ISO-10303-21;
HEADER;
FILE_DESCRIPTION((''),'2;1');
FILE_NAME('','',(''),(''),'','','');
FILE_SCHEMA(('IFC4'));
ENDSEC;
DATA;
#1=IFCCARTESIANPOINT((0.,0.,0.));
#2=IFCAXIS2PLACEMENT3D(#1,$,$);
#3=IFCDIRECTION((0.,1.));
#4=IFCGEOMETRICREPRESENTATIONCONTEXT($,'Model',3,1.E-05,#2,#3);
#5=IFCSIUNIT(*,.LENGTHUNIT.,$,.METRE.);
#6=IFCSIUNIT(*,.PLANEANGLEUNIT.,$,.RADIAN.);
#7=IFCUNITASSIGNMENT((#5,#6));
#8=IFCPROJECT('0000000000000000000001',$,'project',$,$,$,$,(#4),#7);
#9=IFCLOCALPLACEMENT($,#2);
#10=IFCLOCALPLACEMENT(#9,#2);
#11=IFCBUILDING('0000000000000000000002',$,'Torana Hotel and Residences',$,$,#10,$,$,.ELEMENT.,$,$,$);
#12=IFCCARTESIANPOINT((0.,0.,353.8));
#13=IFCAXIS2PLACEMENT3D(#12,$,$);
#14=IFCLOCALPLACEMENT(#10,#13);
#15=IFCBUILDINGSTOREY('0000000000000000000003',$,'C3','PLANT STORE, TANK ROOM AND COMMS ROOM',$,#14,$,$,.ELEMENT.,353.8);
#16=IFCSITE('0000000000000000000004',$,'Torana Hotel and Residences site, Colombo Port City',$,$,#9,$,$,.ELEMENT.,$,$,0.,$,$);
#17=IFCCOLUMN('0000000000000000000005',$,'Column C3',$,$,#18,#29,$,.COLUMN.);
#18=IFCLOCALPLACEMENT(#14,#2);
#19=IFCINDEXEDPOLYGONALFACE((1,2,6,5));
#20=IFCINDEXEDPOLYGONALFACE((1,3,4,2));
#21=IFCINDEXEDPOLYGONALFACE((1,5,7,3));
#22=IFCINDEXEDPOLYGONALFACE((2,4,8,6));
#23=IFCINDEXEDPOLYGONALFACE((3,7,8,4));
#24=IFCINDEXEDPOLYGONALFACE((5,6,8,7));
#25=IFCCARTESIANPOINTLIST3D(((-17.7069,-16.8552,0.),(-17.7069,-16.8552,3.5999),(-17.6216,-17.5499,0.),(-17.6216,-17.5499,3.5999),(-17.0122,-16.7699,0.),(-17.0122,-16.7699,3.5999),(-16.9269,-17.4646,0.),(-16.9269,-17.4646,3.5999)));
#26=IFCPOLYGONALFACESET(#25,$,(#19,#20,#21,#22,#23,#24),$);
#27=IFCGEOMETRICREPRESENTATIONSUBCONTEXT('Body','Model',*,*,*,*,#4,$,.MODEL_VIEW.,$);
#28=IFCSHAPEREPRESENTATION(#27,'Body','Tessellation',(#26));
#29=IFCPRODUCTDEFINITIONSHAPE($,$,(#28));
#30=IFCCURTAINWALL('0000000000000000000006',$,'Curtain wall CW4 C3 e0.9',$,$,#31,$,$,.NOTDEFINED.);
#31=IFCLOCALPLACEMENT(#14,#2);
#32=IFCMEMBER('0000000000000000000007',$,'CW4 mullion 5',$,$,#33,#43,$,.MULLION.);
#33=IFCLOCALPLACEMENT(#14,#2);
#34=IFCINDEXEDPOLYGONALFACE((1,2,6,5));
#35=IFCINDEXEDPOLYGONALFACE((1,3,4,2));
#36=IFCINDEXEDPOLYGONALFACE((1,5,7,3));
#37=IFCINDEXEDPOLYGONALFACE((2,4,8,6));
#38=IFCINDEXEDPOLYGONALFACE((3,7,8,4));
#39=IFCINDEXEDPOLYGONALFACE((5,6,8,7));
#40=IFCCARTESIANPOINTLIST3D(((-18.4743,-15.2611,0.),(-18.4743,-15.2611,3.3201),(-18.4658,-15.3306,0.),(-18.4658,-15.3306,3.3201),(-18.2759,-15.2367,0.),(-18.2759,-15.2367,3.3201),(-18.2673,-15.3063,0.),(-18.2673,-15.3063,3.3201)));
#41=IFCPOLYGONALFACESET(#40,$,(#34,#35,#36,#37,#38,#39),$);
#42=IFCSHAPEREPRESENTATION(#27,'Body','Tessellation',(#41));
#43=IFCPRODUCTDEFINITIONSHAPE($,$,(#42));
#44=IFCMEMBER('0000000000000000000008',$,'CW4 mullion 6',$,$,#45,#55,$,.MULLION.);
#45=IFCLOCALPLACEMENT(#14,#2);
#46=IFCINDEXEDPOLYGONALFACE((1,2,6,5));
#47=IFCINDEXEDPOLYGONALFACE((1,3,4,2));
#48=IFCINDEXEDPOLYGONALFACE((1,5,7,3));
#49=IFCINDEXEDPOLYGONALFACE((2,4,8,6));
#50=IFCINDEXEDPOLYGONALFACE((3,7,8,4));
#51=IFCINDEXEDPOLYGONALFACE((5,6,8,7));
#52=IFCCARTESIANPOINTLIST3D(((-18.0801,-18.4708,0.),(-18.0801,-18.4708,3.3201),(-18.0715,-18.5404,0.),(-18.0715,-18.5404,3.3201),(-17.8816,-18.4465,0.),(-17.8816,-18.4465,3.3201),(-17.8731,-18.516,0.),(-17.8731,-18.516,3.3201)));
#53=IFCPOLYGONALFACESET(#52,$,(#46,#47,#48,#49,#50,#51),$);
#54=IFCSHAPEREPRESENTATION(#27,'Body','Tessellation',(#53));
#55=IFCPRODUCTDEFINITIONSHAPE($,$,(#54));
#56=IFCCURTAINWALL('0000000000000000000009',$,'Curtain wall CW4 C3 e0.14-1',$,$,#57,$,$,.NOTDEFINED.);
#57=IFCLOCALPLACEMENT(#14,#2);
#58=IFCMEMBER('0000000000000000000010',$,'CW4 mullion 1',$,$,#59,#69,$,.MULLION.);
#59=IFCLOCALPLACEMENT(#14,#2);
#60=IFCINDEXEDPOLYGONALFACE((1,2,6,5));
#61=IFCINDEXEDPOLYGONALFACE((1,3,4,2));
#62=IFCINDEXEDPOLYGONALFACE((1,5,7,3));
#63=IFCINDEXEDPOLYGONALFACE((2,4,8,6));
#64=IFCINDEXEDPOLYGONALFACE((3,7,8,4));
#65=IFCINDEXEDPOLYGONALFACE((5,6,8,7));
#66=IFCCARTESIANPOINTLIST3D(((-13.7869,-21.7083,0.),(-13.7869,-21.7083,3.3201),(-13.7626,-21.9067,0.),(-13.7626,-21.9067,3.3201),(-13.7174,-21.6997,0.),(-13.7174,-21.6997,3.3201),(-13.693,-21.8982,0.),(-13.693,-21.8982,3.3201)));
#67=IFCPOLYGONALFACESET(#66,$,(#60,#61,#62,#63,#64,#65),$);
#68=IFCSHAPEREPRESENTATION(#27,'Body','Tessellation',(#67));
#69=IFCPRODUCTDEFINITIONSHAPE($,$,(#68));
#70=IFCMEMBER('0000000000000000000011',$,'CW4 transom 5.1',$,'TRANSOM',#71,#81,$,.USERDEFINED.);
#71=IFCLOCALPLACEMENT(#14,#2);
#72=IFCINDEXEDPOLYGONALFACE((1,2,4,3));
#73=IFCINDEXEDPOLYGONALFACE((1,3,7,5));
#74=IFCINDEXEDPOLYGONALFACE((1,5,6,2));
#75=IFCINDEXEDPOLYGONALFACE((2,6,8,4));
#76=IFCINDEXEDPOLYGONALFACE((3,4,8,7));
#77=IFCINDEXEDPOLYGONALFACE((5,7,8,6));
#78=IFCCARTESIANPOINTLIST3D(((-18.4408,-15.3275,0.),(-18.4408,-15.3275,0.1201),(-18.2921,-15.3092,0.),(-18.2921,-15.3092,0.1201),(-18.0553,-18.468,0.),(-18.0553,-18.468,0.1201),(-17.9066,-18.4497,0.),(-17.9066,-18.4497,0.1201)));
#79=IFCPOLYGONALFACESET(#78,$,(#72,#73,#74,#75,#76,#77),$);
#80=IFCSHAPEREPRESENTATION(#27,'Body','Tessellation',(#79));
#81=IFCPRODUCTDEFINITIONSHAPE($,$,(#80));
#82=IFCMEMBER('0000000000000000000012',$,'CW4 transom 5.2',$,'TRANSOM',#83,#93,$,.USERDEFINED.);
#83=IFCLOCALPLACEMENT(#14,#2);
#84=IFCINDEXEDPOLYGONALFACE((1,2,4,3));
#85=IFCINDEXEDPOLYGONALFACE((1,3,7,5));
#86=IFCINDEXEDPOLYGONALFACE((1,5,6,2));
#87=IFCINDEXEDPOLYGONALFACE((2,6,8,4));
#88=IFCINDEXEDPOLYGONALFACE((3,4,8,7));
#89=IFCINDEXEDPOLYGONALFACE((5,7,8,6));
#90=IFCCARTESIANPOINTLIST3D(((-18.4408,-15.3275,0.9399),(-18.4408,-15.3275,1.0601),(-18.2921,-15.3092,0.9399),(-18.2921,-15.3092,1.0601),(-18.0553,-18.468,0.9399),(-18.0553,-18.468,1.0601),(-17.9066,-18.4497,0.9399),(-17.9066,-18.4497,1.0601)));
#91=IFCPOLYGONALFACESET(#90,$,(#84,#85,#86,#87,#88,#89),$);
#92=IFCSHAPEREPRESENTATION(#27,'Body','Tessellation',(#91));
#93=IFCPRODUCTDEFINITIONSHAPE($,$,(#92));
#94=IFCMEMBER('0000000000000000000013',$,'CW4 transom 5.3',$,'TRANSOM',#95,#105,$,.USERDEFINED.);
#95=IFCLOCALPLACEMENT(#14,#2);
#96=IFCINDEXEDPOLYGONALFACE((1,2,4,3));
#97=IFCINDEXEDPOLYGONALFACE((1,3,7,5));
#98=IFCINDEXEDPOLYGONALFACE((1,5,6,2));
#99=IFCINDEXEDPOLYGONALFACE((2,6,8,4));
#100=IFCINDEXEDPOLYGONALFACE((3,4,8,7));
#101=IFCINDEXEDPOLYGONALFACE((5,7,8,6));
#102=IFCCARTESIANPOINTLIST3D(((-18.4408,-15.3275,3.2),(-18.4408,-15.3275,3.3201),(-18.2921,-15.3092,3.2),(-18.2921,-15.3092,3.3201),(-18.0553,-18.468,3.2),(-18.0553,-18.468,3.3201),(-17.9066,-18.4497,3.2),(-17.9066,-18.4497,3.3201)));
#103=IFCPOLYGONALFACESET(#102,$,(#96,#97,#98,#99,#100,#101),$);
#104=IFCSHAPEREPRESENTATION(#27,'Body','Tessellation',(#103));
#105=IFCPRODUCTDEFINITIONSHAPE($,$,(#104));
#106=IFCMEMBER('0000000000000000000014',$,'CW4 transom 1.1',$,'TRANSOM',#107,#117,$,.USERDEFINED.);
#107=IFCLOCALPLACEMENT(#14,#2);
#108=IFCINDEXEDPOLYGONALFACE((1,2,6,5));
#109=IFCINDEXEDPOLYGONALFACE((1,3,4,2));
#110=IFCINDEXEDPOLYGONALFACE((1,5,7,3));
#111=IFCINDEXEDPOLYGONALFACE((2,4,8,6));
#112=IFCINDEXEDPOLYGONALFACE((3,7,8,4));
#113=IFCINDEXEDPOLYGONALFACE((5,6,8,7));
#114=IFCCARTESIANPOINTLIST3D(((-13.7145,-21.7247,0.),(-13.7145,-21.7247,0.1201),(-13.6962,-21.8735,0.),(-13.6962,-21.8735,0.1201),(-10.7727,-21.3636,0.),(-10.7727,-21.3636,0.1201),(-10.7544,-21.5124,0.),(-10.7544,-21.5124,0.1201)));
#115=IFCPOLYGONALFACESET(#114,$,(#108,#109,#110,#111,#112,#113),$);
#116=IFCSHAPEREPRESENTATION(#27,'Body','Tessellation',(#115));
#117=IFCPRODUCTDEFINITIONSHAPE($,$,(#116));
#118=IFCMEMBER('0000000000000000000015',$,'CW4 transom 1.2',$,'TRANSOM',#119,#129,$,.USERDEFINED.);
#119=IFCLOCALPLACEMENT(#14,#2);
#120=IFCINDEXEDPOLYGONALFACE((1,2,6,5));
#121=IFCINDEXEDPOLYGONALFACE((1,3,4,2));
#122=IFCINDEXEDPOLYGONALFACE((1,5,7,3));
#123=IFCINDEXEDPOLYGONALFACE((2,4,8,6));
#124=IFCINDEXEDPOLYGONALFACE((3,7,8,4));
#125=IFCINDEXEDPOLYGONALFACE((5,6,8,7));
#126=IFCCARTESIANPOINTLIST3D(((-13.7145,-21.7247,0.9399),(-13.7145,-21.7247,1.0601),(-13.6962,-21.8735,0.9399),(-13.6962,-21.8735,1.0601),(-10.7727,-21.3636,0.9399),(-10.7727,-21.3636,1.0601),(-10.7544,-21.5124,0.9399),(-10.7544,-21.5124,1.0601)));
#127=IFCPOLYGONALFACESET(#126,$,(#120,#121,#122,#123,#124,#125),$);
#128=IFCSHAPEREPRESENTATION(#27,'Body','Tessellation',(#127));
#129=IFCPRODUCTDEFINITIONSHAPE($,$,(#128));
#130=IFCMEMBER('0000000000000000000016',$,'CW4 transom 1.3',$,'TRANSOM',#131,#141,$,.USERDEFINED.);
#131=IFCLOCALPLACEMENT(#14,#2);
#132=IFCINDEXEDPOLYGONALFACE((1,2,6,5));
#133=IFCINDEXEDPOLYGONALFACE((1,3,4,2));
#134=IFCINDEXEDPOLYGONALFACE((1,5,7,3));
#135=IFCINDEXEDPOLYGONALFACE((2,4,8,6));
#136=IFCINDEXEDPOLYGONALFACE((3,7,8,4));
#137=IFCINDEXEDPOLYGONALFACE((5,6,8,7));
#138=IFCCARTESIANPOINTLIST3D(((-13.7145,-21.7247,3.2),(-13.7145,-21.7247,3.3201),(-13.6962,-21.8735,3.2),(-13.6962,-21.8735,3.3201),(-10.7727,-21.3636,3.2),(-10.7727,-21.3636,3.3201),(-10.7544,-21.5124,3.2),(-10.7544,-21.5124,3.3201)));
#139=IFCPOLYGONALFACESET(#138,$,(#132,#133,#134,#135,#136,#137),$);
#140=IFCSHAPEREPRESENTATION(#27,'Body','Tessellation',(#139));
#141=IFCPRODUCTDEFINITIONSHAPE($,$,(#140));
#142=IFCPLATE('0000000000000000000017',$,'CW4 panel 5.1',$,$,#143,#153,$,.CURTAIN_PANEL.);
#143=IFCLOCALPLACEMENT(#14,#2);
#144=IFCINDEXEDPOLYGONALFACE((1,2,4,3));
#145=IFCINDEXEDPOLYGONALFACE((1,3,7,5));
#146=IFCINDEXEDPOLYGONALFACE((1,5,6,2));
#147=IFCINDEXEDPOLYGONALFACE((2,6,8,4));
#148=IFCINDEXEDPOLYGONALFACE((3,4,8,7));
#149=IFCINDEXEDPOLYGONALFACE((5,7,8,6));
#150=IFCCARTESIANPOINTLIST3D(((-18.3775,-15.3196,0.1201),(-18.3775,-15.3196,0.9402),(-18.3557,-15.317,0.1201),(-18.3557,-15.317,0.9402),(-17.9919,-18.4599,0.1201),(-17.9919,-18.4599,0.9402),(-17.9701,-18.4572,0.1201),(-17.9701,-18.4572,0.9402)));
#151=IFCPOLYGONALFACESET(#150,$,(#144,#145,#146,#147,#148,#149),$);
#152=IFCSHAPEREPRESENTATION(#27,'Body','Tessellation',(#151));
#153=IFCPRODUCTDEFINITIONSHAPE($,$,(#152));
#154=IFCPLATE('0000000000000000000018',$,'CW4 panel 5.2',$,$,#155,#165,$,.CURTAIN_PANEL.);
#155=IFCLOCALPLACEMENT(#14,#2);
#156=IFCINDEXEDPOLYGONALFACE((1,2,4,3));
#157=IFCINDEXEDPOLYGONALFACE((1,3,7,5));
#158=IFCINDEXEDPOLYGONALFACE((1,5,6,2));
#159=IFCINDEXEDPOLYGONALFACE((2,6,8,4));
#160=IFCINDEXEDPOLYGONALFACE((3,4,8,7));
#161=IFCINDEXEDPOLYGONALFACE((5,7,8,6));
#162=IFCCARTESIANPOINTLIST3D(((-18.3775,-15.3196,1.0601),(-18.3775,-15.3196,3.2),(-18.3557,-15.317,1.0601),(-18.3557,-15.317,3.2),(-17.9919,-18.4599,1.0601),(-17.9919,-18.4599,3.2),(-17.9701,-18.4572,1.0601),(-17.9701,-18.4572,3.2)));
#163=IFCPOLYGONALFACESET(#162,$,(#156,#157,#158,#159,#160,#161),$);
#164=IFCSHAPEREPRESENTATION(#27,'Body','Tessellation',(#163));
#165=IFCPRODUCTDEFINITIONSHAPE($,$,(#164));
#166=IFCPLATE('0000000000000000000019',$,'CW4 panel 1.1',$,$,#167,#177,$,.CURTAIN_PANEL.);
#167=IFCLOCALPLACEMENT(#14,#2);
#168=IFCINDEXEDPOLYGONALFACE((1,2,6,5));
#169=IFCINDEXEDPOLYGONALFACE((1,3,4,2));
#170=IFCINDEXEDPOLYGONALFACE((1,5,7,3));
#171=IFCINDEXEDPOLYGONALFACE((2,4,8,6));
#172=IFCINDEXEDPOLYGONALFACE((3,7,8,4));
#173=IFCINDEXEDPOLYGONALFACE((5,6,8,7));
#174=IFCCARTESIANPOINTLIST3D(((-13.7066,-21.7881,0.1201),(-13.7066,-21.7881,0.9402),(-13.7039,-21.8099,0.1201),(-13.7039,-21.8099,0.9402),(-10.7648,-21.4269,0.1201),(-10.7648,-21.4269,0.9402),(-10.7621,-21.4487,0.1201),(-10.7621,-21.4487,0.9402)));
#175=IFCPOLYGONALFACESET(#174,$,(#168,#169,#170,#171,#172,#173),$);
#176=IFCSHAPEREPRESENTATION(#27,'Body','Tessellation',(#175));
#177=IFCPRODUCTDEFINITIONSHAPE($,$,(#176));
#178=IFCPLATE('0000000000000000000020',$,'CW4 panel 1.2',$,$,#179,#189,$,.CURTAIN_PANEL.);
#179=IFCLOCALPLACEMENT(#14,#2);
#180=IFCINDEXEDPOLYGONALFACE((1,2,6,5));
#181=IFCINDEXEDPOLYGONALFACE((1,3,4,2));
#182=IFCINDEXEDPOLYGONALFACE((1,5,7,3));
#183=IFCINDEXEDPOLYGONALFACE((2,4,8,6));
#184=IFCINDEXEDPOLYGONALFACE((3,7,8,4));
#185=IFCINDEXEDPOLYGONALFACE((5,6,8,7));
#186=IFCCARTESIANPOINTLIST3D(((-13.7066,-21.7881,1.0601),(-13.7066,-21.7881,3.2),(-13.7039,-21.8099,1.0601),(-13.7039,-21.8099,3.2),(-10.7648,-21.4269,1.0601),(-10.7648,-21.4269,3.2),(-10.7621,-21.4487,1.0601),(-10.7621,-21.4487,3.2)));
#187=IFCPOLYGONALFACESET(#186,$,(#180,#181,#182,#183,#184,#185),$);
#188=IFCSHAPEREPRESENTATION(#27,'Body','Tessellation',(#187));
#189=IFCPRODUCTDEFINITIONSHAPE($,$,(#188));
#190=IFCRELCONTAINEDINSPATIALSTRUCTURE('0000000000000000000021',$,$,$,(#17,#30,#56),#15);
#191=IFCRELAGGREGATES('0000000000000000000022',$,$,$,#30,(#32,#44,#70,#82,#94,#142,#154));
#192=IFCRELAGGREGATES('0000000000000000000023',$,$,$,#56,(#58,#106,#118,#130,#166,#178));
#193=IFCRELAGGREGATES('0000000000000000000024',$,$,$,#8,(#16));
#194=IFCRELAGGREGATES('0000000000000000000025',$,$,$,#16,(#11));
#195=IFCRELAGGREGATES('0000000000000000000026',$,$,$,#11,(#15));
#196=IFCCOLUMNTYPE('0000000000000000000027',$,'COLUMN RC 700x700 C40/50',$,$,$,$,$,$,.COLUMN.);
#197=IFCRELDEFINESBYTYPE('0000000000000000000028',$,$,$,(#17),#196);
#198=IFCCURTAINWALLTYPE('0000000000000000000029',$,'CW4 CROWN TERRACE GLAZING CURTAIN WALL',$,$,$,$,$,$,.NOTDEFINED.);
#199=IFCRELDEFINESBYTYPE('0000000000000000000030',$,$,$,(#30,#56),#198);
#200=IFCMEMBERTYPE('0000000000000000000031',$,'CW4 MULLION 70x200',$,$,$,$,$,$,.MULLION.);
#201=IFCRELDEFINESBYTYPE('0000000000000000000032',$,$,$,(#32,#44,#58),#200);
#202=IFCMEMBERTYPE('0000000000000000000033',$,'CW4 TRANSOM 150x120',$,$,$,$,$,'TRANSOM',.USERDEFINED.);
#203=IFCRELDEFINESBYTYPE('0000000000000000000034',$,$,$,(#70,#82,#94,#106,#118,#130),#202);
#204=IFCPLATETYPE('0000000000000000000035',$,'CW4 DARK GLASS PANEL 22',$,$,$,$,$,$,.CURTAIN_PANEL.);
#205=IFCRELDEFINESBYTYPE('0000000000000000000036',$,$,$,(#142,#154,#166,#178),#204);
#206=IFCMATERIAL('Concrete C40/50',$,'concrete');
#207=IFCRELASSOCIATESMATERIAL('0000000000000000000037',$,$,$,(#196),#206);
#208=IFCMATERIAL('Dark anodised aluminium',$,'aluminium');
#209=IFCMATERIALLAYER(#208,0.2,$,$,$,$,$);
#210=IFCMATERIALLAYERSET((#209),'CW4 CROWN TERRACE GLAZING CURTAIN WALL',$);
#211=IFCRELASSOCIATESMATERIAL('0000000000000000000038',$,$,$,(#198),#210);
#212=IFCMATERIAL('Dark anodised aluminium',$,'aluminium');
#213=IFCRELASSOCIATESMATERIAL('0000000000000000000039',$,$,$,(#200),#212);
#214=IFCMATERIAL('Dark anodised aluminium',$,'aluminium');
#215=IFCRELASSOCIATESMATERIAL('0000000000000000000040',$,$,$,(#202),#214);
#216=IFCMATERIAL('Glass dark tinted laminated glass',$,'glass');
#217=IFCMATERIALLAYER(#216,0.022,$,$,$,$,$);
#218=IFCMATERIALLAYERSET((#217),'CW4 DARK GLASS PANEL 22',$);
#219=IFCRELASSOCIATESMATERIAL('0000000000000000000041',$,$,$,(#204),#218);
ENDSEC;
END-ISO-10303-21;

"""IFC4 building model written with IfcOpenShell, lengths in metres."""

from ifc_helpers import new_model, si_unit, direction, frame, origin, origin_2d, place, context, subcontext, project, spatial, rectangle, extrude, material, layer, layer_set, material_profile, profile_set, type_object, element, aggregate, save


model = new_model("IFC4")

# Units and contexts
model_context = context("Model", 3, precision=1e-05, world=origin(), true_north=direction((0.0, 1.0)))
body_context = subcontext(model_context, "Body", "Model", "MODEL_VIEW")
ifc_project = project(units=[si_unit("LENGTHUNIT", "METRE"), si_unit("PLANEANGLEUNIT", "RADIAN")], contexts=[model_context])

# Site, building, storey
site_placement = place(None, origin())
site = spatial("IfcSite", under=ifc_project, at=site_placement, Name="Torana Hotel and Residences site, Colombo Port City", CompositionType="ELEMENT", RefElevation=0.0)
building_placement = place(site_placement, origin())
building = spatial("IfcBuilding", under=site, at=building_placement, Name="Torana Hotel and Residences", CompositionType="ELEMENT")
storey_placement = place(building_placement, frame((0.0, 0.0, 353.8)))
storey = spatial("IfcBuildingStorey", under=building, at=storey_placement, Name="C3", Description="PLANT STORE, TANK ROOM AND COMMS ROOM", CompositionType="ELEMENT", Elevation=353.8)

# Column
ifc_material_1 = material(Name="Concrete C40/50", Category="concrete")
ifc_material_profile_1 = material_profile(ifc_material_1, rectangle(XDim=0.7, YDim=0.7, at=origin_2d()), Name="RC 700x700")
ifc_profile_set_1 = profile_set([ifc_material_profile_1], Name="Concrete C40/50")
column_type = type_object("IfcColumnType", Name="COLUMN RC 700x700 C40/50", PredefinedType="COLUMN", material=ifc_profile_set_1)
column_placement = place(storey_placement, frame((-17.3169, -17.1599, 0.0), z_axis=(0.0, 0.0, 1.0), x_axis=(-0.121869, 0.992546, 0.0)))
element("IfcColumn", 1, at=column_placement, inside=storey, type_object=column_type, Name="Column C3", PredefinedType="COLUMN", context=body_context, shape_type="SweptSolid", body=[
    extrude(rectangle(XDim=0.7, YDim=0.7, at=origin_2d()), origin(), (0.0, 0.0, 1.0), 3.5999),
])

# Curtain wall, members
ifc_material_2 = material(Name="Dark anodised aluminium", Category="aluminium")
ifc_layer_1 = layer(ifc_material_2, 0.2)
ifc_layer_set_1 = layer_set([ifc_layer_1], Name="CW4 CROWN TERRACE GLAZING CURTAIN WALL")
curtain_wall_type = type_object("IfcCurtainWallType", Name="CW4 CROWN TERRACE GLAZING CURTAIN WALL", PredefinedType="NOTDEFINED", material=ifc_layer_set_1)
curtain_wall_1_placement = place(storey_placement, origin())
curtain_wall_1 = element("IfcCurtainWall", 2, at=curtain_wall_1_placement, inside=storey, type_object=curtain_wall_type, Name="Curtain wall CW4 C3 e0.9", PredefinedType="NOTDEFINED")
ifc_material_3 = material(Name="Dark anodised aluminium", Category="aluminium")
ifc_material_profile_2 = material_profile(ifc_material_3, rectangle(XDim=0.2, YDim=0.0701, at=origin_2d()), Name="CW4 MULLION 70x200")
ifc_profile_set_2 = profile_set([ifc_material_profile_2], Name="Dark anodised aluminium")
member_type_1 = type_object("IfcMemberType", Name="CW4 MULLION 70x200", PredefinedType="MULLION", material=ifc_profile_set_2)
member_1_placement = place(storey_placement, frame((-18.3708, -15.2837, 0.0), z_axis=(0.0, 0.0, 1.0), x_axis=(0.992546, 0.121867, 0.0)))
member_1 = element("IfcMember", 3, at=member_1_placement, type_object=member_type_1, Name="CW4 mullion 5", PredefinedType="MULLION", context=body_context, shape_type="SweptSolid", body=[
    extrude(rectangle(XDim=0.2, YDim=0.0701, at=origin_2d()), origin(), (0.0, 0.0, 1.0), 3.3201),
])
member_2_placement = place(storey_placement, frame((-17.9766, -18.4934, 0.0), z_axis=(0.0, 0.0, 1.0), x_axis=(0.992546, 0.121867, 0.0)))
member_2 = element("IfcMember", 4, at=member_2_placement, type_object=member_type_1, Name="CW4 mullion 6", PredefinedType="MULLION", context=body_context, shape_type="SweptSolid", body=[
    extrude(rectangle(XDim=0.2, YDim=0.0701, at=origin_2d()), origin(), (0.0, 0.0, 1.0), 3.3201),
])

# Curtain wall, member
curtain_wall_2_placement = place(storey_placement, origin())
curtain_wall_2 = element("IfcCurtainWall", 5, at=curtain_wall_2_placement, inside=storey, type_object=curtain_wall_type, Name="Curtain wall CW4 C3 e0.14-1", PredefinedType="NOTDEFINED")
member_3_placement = place(storey_placement, frame((-13.74, -21.8032, 0.0), z_axis=(0.0, 0.0, 1.0), x_axis=(-0.121861, 0.992547, 0.0)))
member_3 = element("IfcMember", 6, at=member_3_placement, type_object=member_type_1, Name="CW4 mullion 1", PredefinedType="MULLION", context=body_context, shape_type="SweptSolid", body=[
    extrude(rectangle(XDim=0.2, YDim=0.0701, at=origin_2d()), origin(), (0.0, 0.0, 1.0), 3.3201),
])

# Members
ifc_material_4 = material(Name="Dark anodised aluminium", Category="aluminium")
ifc_material_profile_3 = material_profile(ifc_material_4, rectangle(XDim=0.1499, YDim=0.1201, at=origin_2d()), Name="CW4 TRANSOM 150x120")
ifc_profile_set_3 = profile_set([ifc_material_profile_3], Name="Dark anodised aluminium")
member_type_2 = type_object("IfcMemberType", Name="CW4 TRANSOM 150x120", ElementType="TRANSOM", PredefinedType="USERDEFINED", material=ifc_profile_set_3)
member_4_placement = place(storey_placement, frame((-18.3665, -15.3184, 0.0601), z_axis=(0.121841, -0.99255, 0.0), x_axis=(0.99255, 0.121841, 0.0)))
member_4 = element("IfcMember", 7, at=member_4_placement, type_object=member_type_2, Name="CW4 transom 5.1", ObjectType="TRANSOM", PredefinedType="USERDEFINED", context=body_context, shape_type="SweptSolid", body=[
    extrude(rectangle(XDim=0.1499, YDim=0.1201, at=origin_2d()), origin(), (0.0, 0.0, 1.0), 3.1641),
])
member_5_placement = place(storey_placement, frame((-18.3665, -15.3184, 1.0), z_axis=(0.121841, -0.99255, 0.0), x_axis=(0.99255, 0.121841, 0.0)))
member_5 = element("IfcMember", 8, at=member_5_placement, type_object=member_type_2, Name="CW4 transom 5.2", ObjectType="TRANSOM", PredefinedType="USERDEFINED", context=body_context, shape_type="SweptSolid", body=[
    extrude(rectangle(XDim=0.1499, YDim=0.1201, at=origin_2d()), origin(), (0.0, 0.0, 1.0), 3.1641),
])
member_6_placement = place(storey_placement, frame((-18.3665, -15.3184, 3.26), z_axis=(0.121841, -0.99255, 0.0), x_axis=(0.99255, 0.121841, 0.0)))
member_6 = element("IfcMember", 9, at=member_6_placement, type_object=member_type_2, Name="CW4 transom 5.3", ObjectType="TRANSOM", PredefinedType="USERDEFINED", context=body_context, shape_type="SweptSolid", body=[
    extrude(rectangle(XDim=0.1499, YDim=0.1201, at=origin_2d()), origin(), (0.0, 0.0, 1.0), 3.1641),
])
member_7_placement = place(storey_placement, frame((-13.7053, -21.7991, 0.0601), z_axis=(0.992552, 0.121824, 0.0), x_axis=(-0.121824, 0.992552, 0.0)))
member_7 = element("IfcMember", 10, at=member_7_placement, type_object=member_type_2, Name="CW4 transom 1.1", ObjectType="TRANSOM", PredefinedType="USERDEFINED", context=body_context, shape_type="SweptSolid", body=[
    extrude(rectangle(XDim=0.1499, YDim=0.1201, at=origin_2d()), origin(), (0.0, 0.0, 1.0), 2.9639),
])
member_8_placement = place(storey_placement, frame((-13.7053, -21.7991, 1.0), z_axis=(0.992552, 0.121824, 0.0), x_axis=(-0.121824, 0.992552, 0.0)))
member_8 = element("IfcMember", 11, at=member_8_placement, type_object=member_type_2, Name="CW4 transom 1.2", ObjectType="TRANSOM", PredefinedType="USERDEFINED", context=body_context, shape_type="SweptSolid", body=[
    extrude(rectangle(XDim=0.1499, YDim=0.1201, at=origin_2d()), origin(), (0.0, 0.0, 1.0), 2.9639),
])
member_9_placement = place(storey_placement, frame((-13.7053, -21.7991, 3.26), z_axis=(0.992552, 0.121824, 0.0), x_axis=(-0.121824, 0.992552, 0.0)))
member_9 = element("IfcMember", 12, at=member_9_placement, type_object=member_type_2, Name="CW4 transom 1.3", ObjectType="TRANSOM", PredefinedType="USERDEFINED", context=body_context, shape_type="SweptSolid", body=[
    extrude(rectangle(XDim=0.1499, YDim=0.1201, at=origin_2d()), origin(), (0.0, 0.0, 1.0), 2.9639),
])

# Plates
ifc_material_5 = material(Name="Glass dark tinted laminated glass", Category="glass")
ifc_layer_2 = layer(ifc_material_5, 0.022)
ifc_layer_set_2 = layer_set([ifc_layer_2], Name="CW4 DARK GLASS PANEL 22")
plate_type = type_object("IfcPlateType", Name="CW4 DARK GLASS PANEL 22", PredefinedType="CURTAIN_PANEL", material=ifc_layer_set_2)
plate_1_placement = place(storey_placement, frame((-18.1738, -16.8884, 0.1201), z_axis=(0.0, 0.0, 1.0), x_axis=(0.121867, -0.992546, 0.0)))
plate_1 = element("IfcPlate", 13, at=plate_1_placement, type_object=plate_type, Name="CW4 panel 5.1", PredefinedType="CURTAIN_PANEL", context=body_context, shape_type="SweptSolid", body=[
    extrude(rectangle(XDim=3.1638, YDim=0.022, at=origin_2d()), origin(), (0.0, 0.0, 1.0), 0.8201),
])
plate_2_placement = place(storey_placement, frame((-18.1738, -16.8884, 1.0601), z_axis=(0.0, 0.0, 1.0), x_axis=(0.121867, -0.992546, 0.0)))
plate_2 = element("IfcPlate", 14, at=plate_2_placement, type_object=plate_type, Name="CW4 panel 5.2", PredefinedType="CURTAIN_PANEL", context=body_context, shape_type="SweptSolid", body=[
    extrude(rectangle(XDim=3.1638, YDim=0.022, at=origin_2d()), origin(), (0.0, 0.0, 1.0), 2.1399),
])
aggregate(curtain_wall_1, [member_1, member_2, member_4, member_5, member_6, plate_1, plate_2])
plate_3_placement = place(storey_placement, frame((-12.2344, -21.6184, 0.1201), z_axis=(0.0, 0.0, 1.0), x_axis=(0.992547, 0.121861, 0.0)))
plate_3 = element("IfcPlate", 15, at=plate_3_placement, type_object=plate_type, Name="CW4 panel 1.1", PredefinedType="CURTAIN_PANEL", context=body_context, shape_type="SweptSolid", body=[
    extrude(rectangle(XDim=2.9639, YDim=0.022, at=origin_2d()), origin(), (0.0, 0.0, 1.0), 0.8201),
])
plate_4_placement = place(storey_placement, frame((-12.2344, -21.6184, 1.0601), z_axis=(0.0, 0.0, 1.0), x_axis=(0.992547, 0.121861, 0.0)))
plate_4 = element("IfcPlate", 16, at=plate_4_placement, type_object=plate_type, Name="CW4 panel 1.2", PredefinedType="CURTAIN_PANEL", context=body_context, shape_type="SweptSolid", body=[
    extrude(rectangle(XDim=2.9639, YDim=0.022, at=origin_2d()), origin(), (0.0, 0.0, 1.0), 2.1399),
])
aggregate(curtain_wall_2, [member_3, member_7, member_8, member_9, plate_3, plate_4])

save(model, "model.ifc")
